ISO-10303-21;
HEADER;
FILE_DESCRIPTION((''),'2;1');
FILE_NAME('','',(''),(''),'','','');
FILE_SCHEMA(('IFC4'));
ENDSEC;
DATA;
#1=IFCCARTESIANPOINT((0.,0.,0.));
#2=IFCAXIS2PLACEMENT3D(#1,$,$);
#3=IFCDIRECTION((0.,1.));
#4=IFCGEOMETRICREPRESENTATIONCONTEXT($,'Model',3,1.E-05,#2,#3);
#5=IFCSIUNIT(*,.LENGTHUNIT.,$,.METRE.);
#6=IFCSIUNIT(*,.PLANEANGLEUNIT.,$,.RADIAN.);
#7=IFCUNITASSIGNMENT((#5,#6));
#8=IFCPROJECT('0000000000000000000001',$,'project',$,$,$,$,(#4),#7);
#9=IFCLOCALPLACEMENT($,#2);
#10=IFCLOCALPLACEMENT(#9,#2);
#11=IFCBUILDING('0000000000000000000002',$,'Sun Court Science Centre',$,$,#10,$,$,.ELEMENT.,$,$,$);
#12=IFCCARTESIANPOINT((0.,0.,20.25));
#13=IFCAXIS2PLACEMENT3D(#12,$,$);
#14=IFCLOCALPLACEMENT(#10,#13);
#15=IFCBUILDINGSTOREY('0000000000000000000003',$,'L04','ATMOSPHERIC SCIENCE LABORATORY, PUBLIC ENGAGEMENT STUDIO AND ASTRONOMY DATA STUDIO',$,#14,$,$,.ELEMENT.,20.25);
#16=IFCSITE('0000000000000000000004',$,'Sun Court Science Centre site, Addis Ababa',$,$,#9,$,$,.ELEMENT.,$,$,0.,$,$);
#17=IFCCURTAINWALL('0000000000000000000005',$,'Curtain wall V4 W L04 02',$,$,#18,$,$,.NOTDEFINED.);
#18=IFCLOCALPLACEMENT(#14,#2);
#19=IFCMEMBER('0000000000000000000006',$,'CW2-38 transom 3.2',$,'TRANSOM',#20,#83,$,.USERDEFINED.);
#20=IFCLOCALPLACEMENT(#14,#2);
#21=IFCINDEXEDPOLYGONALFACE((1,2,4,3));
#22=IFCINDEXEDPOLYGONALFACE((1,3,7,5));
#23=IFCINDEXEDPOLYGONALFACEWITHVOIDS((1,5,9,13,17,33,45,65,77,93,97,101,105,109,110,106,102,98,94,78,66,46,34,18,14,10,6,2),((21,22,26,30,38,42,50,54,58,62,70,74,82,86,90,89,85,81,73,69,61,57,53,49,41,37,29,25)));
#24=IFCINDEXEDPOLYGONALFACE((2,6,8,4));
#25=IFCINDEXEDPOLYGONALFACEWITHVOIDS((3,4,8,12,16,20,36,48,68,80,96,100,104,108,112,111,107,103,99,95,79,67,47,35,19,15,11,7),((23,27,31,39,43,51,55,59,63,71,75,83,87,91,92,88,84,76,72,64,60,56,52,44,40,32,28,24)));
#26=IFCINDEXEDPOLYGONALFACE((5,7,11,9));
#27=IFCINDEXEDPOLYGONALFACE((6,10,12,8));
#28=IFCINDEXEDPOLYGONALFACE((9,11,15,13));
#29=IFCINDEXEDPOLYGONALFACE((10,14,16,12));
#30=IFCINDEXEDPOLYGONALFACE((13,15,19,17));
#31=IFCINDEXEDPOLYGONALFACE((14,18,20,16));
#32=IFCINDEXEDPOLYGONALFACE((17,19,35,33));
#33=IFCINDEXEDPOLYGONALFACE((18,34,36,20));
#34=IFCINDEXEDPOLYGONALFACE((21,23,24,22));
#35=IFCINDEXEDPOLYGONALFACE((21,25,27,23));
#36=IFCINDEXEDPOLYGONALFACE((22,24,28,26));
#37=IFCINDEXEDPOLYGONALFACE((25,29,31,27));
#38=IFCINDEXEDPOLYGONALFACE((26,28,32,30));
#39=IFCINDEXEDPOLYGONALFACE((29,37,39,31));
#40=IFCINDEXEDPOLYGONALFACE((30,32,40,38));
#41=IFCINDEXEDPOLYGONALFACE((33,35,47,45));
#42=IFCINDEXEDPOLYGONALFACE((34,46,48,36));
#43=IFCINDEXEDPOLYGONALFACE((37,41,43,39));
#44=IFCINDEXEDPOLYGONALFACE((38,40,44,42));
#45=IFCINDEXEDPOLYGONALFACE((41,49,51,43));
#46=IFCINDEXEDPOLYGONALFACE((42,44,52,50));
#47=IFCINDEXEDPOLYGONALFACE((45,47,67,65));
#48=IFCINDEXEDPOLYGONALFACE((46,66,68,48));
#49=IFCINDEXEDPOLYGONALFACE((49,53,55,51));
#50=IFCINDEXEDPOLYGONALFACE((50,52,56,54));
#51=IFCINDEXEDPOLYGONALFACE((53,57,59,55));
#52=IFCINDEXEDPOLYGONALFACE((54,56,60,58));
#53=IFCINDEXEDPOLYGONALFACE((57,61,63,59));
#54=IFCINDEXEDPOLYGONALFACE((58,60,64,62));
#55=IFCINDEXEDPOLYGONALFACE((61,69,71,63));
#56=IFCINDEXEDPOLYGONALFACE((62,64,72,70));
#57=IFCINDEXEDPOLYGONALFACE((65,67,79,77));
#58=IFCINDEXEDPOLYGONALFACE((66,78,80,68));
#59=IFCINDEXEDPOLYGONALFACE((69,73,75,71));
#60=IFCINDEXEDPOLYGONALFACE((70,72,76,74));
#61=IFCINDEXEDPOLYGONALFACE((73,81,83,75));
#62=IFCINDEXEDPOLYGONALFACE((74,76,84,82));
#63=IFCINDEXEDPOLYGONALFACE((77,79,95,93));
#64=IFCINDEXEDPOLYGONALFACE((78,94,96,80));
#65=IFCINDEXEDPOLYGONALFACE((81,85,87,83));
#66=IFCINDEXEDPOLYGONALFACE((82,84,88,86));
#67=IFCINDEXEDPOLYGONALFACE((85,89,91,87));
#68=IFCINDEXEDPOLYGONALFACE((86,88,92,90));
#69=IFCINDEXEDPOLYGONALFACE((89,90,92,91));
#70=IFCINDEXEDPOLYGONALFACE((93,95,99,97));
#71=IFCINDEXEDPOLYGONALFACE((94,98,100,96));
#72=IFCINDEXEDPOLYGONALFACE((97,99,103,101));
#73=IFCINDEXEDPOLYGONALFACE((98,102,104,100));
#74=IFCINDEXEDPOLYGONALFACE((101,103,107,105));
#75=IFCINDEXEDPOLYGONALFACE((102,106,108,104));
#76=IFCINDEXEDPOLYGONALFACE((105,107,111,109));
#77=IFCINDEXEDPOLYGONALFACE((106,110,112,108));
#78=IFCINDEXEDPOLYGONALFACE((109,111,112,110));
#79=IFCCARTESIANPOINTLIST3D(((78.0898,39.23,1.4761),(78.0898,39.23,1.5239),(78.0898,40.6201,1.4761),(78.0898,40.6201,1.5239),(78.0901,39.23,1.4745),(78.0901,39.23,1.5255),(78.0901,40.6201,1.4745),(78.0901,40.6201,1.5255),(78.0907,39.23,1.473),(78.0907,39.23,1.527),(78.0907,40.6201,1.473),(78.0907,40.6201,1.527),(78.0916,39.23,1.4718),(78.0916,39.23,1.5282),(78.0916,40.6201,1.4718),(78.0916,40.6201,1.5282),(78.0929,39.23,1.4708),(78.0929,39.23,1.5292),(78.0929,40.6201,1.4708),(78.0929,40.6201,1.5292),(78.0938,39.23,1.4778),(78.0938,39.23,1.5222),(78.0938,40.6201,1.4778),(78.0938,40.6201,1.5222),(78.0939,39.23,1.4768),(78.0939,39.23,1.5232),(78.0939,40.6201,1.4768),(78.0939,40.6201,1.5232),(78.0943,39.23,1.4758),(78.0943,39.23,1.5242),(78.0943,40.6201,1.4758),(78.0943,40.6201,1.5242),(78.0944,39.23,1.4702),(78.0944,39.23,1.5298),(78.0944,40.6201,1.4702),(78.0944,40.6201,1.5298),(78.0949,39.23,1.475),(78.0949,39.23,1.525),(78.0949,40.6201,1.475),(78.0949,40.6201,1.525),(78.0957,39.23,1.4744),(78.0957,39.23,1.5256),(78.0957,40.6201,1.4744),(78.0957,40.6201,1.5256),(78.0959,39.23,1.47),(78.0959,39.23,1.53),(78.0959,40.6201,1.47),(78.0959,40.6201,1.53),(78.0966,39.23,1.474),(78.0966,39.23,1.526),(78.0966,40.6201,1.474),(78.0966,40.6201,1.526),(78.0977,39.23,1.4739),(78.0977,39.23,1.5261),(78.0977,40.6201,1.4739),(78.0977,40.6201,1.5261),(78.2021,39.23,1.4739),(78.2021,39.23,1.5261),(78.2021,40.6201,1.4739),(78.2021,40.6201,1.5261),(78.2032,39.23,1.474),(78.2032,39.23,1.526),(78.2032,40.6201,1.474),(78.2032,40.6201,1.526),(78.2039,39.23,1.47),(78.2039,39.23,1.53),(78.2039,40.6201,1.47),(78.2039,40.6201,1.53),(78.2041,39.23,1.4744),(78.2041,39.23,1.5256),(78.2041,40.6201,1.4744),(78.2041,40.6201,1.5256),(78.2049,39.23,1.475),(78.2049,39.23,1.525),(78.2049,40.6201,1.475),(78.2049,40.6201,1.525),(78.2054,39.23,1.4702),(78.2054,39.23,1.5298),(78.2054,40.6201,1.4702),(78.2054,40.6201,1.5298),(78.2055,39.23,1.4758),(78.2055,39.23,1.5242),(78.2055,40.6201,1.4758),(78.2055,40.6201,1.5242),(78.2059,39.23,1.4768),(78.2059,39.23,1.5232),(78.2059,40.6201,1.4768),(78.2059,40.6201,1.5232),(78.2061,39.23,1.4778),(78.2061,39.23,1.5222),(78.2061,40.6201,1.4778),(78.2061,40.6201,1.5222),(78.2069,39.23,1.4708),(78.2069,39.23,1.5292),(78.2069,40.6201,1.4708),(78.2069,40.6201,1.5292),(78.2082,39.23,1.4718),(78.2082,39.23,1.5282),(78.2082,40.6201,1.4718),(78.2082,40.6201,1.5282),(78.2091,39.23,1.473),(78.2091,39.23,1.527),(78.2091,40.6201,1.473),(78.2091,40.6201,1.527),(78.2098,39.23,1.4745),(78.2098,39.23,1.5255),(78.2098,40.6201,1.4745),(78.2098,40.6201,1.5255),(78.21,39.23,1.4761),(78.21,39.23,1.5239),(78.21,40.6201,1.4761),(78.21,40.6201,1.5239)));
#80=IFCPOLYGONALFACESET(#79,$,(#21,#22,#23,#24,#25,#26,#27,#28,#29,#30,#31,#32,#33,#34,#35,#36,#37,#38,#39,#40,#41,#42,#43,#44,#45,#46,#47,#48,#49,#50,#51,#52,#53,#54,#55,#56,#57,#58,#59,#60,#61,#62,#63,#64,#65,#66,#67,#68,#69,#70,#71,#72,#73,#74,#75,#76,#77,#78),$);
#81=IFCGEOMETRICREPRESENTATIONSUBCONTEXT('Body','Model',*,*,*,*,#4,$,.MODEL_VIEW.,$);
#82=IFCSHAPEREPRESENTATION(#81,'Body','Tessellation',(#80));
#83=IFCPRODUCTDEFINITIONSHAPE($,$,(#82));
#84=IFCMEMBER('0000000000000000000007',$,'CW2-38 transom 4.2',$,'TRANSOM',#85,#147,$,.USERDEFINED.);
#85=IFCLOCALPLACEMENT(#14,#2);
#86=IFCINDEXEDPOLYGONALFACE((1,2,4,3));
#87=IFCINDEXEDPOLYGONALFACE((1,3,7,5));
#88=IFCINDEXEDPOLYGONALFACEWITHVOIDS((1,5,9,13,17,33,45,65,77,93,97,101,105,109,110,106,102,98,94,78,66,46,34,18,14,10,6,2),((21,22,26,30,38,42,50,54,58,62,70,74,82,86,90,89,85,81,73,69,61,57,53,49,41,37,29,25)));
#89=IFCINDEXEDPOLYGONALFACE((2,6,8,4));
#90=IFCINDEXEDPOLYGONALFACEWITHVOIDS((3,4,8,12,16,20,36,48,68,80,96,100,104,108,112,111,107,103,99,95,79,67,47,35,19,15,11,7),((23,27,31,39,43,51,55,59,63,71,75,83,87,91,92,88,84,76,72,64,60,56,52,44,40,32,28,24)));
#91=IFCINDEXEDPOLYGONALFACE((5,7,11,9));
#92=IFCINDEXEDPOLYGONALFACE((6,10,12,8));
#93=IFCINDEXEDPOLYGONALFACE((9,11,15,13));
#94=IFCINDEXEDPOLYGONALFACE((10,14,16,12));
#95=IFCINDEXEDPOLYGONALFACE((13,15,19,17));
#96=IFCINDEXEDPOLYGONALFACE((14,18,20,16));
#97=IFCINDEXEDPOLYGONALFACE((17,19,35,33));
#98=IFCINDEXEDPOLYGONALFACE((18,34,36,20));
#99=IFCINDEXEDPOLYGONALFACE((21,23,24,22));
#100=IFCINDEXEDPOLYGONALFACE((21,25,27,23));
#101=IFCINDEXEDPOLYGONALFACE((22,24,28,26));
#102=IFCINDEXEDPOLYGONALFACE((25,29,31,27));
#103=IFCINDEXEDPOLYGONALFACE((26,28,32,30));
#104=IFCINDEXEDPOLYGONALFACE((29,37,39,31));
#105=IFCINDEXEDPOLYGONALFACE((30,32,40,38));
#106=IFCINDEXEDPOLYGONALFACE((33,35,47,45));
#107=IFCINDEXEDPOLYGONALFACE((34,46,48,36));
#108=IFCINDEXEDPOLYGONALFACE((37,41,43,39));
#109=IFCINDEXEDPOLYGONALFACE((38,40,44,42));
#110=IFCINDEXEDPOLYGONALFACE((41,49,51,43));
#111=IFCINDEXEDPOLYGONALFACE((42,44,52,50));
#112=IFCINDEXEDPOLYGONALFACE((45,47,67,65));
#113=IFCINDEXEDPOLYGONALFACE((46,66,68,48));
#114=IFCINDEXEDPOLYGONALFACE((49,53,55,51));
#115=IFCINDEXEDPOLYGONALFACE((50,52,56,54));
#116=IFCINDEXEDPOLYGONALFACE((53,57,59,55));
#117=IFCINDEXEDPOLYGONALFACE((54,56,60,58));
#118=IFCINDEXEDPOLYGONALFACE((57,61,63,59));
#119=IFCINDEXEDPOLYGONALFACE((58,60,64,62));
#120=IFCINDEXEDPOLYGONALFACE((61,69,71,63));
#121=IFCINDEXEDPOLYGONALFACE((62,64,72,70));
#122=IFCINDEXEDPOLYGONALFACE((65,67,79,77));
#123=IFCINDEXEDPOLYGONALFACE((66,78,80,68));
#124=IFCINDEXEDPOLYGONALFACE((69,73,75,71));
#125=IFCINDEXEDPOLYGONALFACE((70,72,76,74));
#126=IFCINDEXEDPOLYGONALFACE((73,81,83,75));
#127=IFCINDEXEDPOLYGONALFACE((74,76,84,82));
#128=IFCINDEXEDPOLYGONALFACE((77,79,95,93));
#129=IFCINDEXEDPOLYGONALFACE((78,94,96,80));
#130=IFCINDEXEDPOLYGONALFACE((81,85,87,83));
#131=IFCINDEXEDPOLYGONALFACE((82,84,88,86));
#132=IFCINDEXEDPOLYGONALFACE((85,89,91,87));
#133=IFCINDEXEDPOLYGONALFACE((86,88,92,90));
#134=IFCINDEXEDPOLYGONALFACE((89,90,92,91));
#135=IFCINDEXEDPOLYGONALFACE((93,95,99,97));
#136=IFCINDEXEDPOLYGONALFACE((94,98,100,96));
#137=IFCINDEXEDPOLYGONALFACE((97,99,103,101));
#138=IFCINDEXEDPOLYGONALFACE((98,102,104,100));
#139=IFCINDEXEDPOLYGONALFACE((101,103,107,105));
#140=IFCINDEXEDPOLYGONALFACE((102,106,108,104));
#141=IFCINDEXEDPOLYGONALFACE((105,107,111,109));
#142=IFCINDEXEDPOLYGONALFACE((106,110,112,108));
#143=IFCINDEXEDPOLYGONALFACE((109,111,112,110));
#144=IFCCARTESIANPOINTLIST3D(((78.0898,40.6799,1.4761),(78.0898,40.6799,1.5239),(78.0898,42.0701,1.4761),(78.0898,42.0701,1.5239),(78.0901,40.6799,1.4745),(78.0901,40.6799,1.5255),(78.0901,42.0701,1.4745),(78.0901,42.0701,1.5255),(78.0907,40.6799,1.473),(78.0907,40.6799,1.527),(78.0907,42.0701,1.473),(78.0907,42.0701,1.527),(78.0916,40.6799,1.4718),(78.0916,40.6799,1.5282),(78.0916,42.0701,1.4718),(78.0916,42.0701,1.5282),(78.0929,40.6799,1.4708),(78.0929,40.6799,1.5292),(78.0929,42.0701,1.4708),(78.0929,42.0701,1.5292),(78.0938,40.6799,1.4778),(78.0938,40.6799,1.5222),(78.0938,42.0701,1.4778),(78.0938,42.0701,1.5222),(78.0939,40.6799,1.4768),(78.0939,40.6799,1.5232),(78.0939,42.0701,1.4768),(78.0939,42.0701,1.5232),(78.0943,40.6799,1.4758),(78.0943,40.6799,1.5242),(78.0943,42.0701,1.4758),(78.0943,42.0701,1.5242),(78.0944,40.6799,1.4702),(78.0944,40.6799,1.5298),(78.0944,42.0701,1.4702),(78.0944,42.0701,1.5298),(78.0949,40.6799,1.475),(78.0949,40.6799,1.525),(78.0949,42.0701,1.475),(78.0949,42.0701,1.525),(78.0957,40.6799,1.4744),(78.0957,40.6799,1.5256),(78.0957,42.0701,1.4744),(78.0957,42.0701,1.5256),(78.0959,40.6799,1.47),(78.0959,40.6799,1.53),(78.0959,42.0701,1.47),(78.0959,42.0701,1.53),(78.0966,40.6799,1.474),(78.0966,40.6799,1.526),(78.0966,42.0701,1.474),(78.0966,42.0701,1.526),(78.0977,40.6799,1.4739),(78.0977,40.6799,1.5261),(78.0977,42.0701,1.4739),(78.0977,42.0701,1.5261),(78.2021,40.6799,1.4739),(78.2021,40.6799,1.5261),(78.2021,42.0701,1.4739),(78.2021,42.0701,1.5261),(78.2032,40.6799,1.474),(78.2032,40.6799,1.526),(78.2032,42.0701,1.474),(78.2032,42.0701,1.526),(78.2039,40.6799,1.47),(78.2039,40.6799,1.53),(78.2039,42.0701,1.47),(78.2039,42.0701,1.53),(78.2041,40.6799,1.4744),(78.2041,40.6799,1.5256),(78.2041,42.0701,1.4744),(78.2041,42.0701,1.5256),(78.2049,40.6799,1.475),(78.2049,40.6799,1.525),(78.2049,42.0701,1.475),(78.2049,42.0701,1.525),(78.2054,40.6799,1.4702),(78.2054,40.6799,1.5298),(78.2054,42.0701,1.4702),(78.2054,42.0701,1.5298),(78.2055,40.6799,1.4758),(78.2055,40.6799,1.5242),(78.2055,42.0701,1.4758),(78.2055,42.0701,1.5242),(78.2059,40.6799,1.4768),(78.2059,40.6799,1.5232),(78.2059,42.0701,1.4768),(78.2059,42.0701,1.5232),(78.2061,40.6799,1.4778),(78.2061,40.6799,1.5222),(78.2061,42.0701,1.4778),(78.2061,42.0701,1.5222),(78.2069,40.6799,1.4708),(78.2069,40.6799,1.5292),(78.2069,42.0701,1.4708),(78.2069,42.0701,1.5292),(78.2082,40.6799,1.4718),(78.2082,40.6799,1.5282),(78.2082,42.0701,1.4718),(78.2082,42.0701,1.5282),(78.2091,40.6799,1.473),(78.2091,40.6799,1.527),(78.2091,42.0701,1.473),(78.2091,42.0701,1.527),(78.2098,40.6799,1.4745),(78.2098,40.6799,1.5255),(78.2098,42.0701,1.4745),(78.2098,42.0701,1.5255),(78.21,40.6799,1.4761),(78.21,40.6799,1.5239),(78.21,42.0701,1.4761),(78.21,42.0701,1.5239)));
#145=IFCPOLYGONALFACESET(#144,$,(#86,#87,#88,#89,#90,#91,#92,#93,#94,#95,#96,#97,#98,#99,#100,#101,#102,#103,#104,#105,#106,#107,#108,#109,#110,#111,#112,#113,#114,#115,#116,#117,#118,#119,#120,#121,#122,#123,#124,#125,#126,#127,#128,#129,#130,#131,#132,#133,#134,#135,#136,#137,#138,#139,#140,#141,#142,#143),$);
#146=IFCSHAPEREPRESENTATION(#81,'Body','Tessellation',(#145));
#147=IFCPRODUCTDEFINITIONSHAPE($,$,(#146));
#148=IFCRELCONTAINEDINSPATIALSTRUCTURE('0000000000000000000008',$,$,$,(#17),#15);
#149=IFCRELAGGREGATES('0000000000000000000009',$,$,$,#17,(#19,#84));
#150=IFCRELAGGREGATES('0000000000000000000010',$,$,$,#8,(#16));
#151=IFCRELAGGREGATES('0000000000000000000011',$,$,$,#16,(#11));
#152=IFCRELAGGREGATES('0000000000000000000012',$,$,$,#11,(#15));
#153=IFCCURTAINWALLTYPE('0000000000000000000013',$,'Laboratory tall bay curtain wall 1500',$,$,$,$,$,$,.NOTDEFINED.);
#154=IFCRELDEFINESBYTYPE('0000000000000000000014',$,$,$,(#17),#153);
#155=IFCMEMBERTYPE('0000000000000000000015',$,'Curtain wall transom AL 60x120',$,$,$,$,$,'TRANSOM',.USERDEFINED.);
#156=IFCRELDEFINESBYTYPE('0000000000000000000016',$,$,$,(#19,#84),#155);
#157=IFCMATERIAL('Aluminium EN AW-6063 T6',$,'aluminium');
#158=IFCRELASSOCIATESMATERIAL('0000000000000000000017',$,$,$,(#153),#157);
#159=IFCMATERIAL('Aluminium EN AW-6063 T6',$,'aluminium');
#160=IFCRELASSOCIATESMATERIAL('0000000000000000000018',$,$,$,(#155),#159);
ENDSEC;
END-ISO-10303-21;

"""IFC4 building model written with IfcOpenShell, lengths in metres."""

from ifc_helpers import new_model, si_unit, direction, frame, origin, origin_2d, place, context, subcontext, project, spatial, hollow_rectangle, extrude, material, material_profile, profile_set, type_object, element, aggregate, save


model = new_model("IFC4")

# Units and contexts
model_context = context("Model", 3, precision=1e-05, world=origin(), true_north=direction((0.0, 1.0)))
body_context = subcontext(model_context, "Body", "Model", "MODEL_VIEW")
ifc_project = project(units=[si_unit("LENGTHUNIT", "METRE"), si_unit("PLANEANGLEUNIT", "RADIAN")], contexts=[model_context])

# Site, building, storey
site_placement = place(None, origin())
site = spatial("IfcSite", under=ifc_project, at=site_placement, Name="Sun Court Science Centre site, Addis Ababa", CompositionType="ELEMENT", RefElevation=0.0)
building_placement = place(site_placement, origin())
building = spatial("IfcBuilding", under=site, at=building_placement, Name="Sun Court Science Centre", CompositionType="ELEMENT")
storey_placement = place(building_placement, frame((0.0, 0.0, 20.25)))
storey = spatial("IfcBuildingStorey", under=building, at=storey_placement, Name="L04", Description="ATMOSPHERIC SCIENCE LABORATORY, PUBLIC ENGAGEMENT STUDIO AND ASTRONOMY DATA STUDIO", CompositionType="ELEMENT", Elevation=20.25)

# Shared definitions
ifc_material_1 = material(Name="Aluminium EN AW-6063 T6", Category="aluminium")
curtain_wall_type = type_object("IfcCurtainWallType", Name="Laboratory tall bay curtain wall 1500", PredefinedType="NOTDEFINED", material=ifc_material_1)

# Curtain wall
curtain_wall_1_placement = place(storey_placement, origin())
curtain_wall_1 = element("IfcCurtainWall", 1, at=curtain_wall_1_placement, inside=storey, type_object=curtain_wall_type, Name="Curtain wall V4 W L04 02", PredefinedType="NOTDEFINED")

# Members
ifc_material_2 = material(Name="Aluminium EN AW-6063 T6", Category="aluminium")
ifc_material_profile_1 = material_profile(ifc_material_2, hollow_rectangle(XDim=0.0601, YDim=0.1201, WallThickness=0.0039, InnerFilletRadius=0.0039, OuterFilletRadius=0.0061, at=origin_2d()), Name="AL 60x120x4")
ifc_profile_set_1 = profile_set([ifc_material_profile_1], Name="Aluminium EN AW-6063 T6")
member_type_1 = type_object("IfcMemberType", Name="Curtain wall transom AL 60x120", ElementType="TRANSOM", PredefinedType="USERDEFINED", material=ifc_profile_set_1)
member_1_placement = place(storey_placement, frame((78.1499, 39.23, 1.5), z_axis=(0.0, 1.0, 0.0), x_axis=(0.0, 0.0, 1.0)))
member_1 = element("IfcMember", 2, at=member_1_placement, type_object=member_type_1, Name="CW2-38 transom 3.2", ObjectType="TRANSOM", PredefinedType="USERDEFINED", context=body_context, shape_type="SweptSolid", body=[
    extrude(hollow_rectangle(XDim=0.0601, YDim=0.1201, WallThickness=0.0039, InnerFilletRadius=0.0039, OuterFilletRadius=0.0061, at=origin_2d()), origin(), (0.0, 0.0, 1.0), 1.3901),
])
member_2_placement = place(storey_placement, frame((78.1499, 40.6799, 1.5), z_axis=(0.0, 1.0, 0.0), x_axis=(0.0, 0.0, 1.0)))
member_2 = element("IfcMember", 3, at=member_2_placement, type_object=member_type_1, Name="CW2-38 transom 4.2", ObjectType="TRANSOM", PredefinedType="USERDEFINED", context=body_context, shape_type="SweptSolid", body=[
    extrude(hollow_rectangle(XDim=0.0601, YDim=0.1201, WallThickness=0.0039, InnerFilletRadius=0.0039, OuterFilletRadius=0.0061, at=origin_2d()), origin(), (0.0, 0.0, 1.0), 1.3901),
])

aggregate(curtain_wall_1, [member_1, member_2])

save(model, "model.ifc")
